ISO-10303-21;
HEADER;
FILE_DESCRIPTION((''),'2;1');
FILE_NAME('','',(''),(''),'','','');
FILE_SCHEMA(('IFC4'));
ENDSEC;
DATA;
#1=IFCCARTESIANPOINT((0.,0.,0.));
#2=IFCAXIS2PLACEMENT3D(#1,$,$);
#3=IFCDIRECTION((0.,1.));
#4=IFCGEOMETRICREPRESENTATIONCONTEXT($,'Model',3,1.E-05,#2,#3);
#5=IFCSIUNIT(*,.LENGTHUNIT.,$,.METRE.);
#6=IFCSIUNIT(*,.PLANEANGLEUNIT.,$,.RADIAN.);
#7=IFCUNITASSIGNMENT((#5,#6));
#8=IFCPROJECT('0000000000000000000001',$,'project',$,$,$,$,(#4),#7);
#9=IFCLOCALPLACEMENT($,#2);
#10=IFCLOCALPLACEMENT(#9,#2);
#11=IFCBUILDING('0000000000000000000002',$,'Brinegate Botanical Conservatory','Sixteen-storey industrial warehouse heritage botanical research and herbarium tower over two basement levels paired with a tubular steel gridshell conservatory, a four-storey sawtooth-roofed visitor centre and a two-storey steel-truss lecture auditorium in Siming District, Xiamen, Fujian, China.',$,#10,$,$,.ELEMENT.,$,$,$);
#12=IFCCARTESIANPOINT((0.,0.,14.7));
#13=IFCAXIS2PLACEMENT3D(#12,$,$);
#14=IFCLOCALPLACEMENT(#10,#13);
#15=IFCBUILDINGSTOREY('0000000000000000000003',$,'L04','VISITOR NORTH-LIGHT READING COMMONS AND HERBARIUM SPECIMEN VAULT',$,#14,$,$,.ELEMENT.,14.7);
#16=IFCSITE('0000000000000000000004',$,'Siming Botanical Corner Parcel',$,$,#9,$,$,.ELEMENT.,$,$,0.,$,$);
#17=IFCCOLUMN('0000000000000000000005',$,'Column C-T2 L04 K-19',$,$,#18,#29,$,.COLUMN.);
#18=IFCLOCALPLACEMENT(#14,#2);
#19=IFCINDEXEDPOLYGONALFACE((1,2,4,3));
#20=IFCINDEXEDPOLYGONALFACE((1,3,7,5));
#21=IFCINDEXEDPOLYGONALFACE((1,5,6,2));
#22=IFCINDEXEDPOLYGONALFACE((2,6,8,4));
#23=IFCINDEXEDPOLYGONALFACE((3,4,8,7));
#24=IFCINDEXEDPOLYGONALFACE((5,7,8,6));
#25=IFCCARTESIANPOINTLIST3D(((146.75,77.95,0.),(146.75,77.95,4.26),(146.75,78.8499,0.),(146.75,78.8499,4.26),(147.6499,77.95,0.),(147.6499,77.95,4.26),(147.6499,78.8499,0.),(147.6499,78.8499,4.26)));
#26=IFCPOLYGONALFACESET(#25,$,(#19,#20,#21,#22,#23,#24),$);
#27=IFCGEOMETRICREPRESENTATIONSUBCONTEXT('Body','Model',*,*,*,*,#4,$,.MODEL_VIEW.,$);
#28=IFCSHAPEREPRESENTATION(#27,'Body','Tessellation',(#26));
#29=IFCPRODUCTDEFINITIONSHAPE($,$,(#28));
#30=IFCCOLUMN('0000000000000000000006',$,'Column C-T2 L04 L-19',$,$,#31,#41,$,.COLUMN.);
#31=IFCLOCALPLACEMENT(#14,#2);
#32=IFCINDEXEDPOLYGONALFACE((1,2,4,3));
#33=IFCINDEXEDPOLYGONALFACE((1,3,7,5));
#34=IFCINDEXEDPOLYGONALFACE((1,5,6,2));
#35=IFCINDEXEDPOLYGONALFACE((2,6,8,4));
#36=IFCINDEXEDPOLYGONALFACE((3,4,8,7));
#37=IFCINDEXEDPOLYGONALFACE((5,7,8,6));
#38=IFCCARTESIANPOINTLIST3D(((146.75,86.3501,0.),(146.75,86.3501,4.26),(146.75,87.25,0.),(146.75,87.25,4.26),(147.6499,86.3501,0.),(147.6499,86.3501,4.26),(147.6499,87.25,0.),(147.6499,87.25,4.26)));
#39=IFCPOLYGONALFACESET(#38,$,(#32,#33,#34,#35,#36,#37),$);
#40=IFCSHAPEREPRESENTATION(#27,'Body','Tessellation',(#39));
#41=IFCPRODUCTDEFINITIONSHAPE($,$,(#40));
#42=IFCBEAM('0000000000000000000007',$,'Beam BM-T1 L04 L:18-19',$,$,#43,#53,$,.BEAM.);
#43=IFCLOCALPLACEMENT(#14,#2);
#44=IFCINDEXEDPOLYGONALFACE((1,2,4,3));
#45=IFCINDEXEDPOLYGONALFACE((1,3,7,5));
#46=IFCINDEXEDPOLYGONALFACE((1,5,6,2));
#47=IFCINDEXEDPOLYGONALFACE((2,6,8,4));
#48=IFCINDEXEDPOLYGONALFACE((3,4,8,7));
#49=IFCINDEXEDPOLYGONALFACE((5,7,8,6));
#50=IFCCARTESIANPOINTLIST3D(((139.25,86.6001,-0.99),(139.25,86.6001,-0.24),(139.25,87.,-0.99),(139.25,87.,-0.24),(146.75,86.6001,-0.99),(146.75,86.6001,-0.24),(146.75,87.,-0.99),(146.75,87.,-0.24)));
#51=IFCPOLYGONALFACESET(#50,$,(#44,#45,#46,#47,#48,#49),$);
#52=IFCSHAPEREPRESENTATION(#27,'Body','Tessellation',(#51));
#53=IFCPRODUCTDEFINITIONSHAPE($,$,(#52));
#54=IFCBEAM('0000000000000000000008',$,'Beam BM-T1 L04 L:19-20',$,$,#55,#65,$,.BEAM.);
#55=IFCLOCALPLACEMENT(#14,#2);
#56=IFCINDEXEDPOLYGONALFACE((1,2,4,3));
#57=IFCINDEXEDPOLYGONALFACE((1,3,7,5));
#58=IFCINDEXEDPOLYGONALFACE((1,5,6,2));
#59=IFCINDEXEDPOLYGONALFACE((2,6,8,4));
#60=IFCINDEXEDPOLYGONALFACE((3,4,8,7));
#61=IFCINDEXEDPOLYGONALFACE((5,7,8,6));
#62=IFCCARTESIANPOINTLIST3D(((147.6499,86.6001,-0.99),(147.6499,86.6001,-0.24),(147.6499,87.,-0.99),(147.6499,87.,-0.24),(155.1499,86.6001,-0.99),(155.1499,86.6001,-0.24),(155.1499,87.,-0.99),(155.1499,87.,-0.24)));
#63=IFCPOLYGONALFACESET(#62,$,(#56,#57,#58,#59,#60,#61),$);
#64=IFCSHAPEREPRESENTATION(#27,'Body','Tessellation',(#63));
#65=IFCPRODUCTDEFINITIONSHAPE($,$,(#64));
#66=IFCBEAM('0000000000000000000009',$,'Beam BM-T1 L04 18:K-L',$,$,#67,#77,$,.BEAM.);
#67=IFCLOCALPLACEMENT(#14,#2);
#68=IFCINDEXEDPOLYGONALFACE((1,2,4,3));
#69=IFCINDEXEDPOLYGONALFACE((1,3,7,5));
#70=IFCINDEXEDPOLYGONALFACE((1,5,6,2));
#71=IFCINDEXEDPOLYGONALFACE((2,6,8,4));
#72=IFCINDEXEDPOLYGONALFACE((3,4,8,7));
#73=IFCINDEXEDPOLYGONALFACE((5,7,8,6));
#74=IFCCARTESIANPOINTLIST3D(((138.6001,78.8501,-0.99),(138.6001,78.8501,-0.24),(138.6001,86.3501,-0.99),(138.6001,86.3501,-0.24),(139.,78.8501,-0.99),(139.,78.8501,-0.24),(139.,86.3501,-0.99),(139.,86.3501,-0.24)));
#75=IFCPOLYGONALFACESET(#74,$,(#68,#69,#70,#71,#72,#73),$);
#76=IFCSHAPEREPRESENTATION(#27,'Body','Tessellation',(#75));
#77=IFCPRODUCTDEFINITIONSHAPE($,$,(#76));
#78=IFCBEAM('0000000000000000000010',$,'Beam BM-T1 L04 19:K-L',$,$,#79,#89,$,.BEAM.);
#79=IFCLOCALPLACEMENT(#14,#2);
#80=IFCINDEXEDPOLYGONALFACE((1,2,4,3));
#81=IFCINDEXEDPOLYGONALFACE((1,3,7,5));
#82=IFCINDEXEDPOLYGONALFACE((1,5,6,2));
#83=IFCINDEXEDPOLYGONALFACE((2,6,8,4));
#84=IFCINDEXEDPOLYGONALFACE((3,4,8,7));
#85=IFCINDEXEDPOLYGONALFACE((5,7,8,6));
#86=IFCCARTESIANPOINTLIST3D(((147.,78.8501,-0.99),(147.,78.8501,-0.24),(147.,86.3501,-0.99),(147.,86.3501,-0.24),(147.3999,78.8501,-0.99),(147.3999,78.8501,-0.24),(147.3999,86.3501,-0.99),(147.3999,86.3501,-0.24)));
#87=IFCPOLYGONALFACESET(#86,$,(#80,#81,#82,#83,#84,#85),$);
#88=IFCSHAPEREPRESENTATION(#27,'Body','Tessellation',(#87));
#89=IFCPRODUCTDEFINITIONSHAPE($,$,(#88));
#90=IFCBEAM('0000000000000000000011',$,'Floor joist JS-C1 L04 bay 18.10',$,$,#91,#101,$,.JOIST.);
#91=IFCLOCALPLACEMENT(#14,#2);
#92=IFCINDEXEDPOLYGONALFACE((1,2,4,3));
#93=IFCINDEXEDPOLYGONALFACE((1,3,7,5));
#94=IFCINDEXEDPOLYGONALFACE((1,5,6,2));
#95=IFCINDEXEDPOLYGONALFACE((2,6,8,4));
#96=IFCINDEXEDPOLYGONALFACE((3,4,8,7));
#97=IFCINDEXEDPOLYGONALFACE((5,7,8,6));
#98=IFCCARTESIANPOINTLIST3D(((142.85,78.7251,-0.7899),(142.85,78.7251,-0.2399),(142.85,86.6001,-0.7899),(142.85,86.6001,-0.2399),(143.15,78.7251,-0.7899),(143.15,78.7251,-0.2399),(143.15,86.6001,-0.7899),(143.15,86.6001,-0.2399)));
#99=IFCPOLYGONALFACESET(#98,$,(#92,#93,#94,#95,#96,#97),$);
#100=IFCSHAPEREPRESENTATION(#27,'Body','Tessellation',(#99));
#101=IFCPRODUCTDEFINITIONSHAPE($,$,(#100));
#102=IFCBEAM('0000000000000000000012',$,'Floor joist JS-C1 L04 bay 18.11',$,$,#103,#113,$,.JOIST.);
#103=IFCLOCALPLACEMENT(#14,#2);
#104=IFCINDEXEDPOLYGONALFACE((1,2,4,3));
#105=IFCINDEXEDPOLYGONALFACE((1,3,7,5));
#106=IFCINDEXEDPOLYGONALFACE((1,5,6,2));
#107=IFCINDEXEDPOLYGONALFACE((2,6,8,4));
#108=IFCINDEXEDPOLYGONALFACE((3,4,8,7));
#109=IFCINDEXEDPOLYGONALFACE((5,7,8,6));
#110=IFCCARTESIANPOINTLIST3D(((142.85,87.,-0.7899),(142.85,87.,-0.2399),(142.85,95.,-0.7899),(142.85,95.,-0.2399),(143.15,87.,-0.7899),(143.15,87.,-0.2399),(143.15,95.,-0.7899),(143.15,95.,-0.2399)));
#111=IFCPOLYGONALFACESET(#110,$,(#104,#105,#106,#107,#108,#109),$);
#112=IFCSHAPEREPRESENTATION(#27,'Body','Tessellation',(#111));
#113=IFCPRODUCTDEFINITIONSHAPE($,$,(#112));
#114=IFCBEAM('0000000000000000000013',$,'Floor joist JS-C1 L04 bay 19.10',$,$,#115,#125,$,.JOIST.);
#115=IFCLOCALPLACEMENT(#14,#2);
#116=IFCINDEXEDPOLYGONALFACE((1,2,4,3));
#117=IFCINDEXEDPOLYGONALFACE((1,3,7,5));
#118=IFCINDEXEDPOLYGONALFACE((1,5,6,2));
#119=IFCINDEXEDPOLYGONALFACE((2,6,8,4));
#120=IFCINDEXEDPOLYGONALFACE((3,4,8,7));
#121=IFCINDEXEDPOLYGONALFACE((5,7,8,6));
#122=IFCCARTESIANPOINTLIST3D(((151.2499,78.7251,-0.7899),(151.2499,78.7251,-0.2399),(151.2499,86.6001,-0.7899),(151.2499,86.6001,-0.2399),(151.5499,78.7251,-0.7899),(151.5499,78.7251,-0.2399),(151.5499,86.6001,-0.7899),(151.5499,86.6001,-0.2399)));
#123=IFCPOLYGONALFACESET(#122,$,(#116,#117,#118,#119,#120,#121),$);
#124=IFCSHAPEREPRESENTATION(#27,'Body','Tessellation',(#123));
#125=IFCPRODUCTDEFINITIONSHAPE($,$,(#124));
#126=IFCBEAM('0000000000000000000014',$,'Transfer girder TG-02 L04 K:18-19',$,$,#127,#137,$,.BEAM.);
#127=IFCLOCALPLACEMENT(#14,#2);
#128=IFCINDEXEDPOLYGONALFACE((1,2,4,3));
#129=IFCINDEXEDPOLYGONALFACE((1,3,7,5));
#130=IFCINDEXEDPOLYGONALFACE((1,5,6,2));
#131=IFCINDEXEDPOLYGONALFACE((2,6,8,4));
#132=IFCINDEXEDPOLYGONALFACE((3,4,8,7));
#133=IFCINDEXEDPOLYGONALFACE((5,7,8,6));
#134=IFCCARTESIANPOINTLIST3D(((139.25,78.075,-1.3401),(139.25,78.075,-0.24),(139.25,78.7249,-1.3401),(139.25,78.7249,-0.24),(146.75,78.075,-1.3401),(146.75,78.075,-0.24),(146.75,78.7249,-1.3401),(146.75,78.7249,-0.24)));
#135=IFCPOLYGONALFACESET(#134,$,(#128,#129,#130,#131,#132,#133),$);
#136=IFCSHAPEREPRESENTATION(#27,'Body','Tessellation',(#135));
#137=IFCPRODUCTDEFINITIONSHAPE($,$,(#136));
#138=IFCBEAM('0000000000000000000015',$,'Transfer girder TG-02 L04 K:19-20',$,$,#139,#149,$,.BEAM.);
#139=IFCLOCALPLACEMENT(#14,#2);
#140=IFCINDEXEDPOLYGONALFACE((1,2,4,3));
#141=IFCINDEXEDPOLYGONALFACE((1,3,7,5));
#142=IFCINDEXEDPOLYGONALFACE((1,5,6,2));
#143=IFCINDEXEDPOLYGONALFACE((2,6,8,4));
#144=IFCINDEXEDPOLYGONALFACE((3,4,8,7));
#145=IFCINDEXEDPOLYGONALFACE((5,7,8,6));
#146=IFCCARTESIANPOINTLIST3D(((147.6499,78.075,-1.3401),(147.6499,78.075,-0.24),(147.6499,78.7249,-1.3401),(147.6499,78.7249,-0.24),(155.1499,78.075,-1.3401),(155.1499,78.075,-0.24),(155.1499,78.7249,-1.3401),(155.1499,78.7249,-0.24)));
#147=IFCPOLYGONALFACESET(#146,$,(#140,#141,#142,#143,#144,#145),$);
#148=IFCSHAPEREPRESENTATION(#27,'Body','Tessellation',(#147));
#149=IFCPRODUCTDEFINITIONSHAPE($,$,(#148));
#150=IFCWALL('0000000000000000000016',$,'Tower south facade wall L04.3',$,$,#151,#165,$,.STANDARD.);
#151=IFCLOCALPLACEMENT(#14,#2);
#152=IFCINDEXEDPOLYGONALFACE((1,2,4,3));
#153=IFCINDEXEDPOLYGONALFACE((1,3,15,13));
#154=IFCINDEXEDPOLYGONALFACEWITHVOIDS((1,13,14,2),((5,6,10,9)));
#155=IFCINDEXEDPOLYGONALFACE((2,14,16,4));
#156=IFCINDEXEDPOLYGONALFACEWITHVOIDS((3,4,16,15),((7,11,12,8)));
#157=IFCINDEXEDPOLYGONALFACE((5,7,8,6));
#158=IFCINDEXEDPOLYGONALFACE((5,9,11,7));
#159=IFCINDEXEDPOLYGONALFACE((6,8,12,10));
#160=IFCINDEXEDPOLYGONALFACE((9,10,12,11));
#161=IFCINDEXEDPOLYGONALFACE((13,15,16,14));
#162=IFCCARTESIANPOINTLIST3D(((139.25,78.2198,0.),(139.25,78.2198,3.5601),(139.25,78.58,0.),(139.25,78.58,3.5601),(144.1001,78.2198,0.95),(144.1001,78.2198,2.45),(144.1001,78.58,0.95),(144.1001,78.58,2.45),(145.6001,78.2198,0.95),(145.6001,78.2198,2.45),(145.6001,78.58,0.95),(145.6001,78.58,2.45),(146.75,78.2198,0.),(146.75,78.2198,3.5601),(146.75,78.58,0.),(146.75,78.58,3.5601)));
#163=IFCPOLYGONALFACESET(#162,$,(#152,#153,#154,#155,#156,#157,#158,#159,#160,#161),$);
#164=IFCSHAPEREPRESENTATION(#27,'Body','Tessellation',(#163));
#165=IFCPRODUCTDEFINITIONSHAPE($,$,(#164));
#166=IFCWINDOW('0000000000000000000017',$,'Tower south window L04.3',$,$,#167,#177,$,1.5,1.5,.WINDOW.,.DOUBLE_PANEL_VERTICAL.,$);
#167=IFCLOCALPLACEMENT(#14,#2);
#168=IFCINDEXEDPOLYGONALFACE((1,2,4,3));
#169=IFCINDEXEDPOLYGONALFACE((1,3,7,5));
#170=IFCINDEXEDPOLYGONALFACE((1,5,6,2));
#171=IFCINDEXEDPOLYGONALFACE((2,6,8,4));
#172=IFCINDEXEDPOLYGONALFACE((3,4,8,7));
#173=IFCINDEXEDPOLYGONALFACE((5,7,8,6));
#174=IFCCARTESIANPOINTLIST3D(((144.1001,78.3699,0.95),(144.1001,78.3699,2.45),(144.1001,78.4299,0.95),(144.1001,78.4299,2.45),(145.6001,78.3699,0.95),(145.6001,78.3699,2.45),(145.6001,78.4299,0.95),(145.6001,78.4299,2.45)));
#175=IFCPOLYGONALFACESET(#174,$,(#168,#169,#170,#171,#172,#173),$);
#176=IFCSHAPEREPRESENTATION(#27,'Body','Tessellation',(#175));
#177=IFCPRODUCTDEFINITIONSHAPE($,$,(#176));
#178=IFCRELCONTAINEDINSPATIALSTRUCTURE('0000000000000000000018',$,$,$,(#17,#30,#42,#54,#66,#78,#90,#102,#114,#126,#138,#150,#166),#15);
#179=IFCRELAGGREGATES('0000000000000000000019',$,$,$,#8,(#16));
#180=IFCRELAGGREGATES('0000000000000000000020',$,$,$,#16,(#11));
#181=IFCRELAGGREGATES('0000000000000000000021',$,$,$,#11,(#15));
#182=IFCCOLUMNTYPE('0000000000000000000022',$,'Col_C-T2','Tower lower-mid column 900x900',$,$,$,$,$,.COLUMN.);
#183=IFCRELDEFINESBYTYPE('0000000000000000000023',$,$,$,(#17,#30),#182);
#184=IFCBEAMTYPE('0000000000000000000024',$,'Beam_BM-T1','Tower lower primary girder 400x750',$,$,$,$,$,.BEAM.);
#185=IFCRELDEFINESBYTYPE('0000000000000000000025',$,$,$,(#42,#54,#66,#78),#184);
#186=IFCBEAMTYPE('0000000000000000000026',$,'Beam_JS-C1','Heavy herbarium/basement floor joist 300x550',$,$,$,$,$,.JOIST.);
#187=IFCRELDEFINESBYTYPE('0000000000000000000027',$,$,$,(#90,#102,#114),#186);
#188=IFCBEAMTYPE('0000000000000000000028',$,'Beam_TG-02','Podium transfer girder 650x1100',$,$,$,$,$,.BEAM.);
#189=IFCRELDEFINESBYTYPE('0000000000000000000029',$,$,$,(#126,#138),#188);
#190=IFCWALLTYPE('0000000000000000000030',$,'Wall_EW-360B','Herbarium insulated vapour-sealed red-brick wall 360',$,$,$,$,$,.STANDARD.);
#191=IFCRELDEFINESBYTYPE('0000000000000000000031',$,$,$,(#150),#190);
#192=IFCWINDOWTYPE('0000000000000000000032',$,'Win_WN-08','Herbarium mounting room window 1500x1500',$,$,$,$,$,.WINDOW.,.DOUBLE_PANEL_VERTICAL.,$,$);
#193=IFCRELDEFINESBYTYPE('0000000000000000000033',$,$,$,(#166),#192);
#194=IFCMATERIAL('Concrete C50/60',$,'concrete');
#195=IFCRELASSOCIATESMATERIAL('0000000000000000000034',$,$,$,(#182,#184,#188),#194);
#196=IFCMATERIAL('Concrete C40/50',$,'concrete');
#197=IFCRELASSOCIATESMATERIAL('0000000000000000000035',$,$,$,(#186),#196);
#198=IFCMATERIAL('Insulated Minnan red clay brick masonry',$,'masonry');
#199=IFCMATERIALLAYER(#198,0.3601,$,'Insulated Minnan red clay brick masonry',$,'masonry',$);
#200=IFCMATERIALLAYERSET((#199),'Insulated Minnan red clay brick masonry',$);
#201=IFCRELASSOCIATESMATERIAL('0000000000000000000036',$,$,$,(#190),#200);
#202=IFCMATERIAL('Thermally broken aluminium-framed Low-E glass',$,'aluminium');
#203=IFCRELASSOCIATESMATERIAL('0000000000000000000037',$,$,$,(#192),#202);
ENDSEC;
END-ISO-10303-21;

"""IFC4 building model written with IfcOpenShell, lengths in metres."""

from ifc_helpers import new_model, si_unit, direction, frame, frame_2d, origin, origin_2d, place, context, subcontext, project, spatial, rectangle, extrude, material, layer, layer_set, material_profile, profile_set, type_object, element, fill, save


model = new_model("IFC4")

# Units and contexts
model_context = context("Model", 3, precision=1e-05, world=origin(), true_north=direction((0.0, 1.0)))
body_context = subcontext(model_context, "Body", "Model", "MODEL_VIEW")
ifc_project = project(units=[si_unit("LENGTHUNIT", "METRE"), si_unit("PLANEANGLEUNIT", "RADIAN")], contexts=[model_context])

# Site, building, storey
site_placement = place(None, origin())
site = spatial("IfcSite", under=ifc_project, at=site_placement, Name="Siming Botanical Corner Parcel", CompositionType="ELEMENT", RefElevation=0.0)
building_placement = place(site_placement, origin())
building = spatial("IfcBuilding", under=site, at=building_placement, Name="Brinegate Botanical Conservatory", Description="Sixteen-storey industrial warehouse heritage botanical research and herbarium tower over two basement levels paired with a tubular steel gridshell conservatory, a four-storey sawtooth-roofed visitor centre and a two-storey steel-truss lecture auditorium in Siming District, Xiamen, Fujian, China.", CompositionType="ELEMENT")
storey_placement = place(building_placement, frame((0.0, 0.0, 14.7)))
storey = spatial("IfcBuildingStorey", under=building, at=storey_placement, Name="L04", Description="VISITOR NORTH-LIGHT READING COMMONS AND HERBARIUM SPECIMEN VAULT", CompositionType="ELEMENT", Elevation=14.7)

# Columns
ifc_material_1 = material(Name="Concrete C50/60", Category="concrete")
ifc_material_profile_1 = material_profile(ifc_material_1, rectangle(XDim=0.8999, YDim=0.8999, at=origin_2d()), Name="RC COL 900x900")
ifc_profile_set_1 = profile_set([ifc_material_profile_1], Name="Concrete C50/60")
column_type = type_object("IfcColumnType", Name="Col_C-T2", Description="Tower lower-mid column 900x900", PredefinedType="COLUMN", material=ifc_profile_set_1)
for number, where, z_axis, x_axis, name in (
    (1, (147.2, 78.3999, 0.0), (0.0, 0.0, 1.0), (1.0, 0.0, 0.0), "Column C-T2 L04 K-19"),
    (2, (147.2, 86.8, 0.0), (0.0, 0.0, 1.0), (1.0, 0.0, 0.0), "Column C-T2 L04 L-19"),
):
    element("IfcColumn", number, at=place(storey_placement, frame(where, z_axis=z_axis, x_axis=x_axis)), inside=storey, type_object=column_type, Name=name, PredefinedType="COLUMN", context=body_context, shape_type="SweptSolid", body=[
        extrude(rectangle(XDim=0.8999, YDim=0.8999, at=origin_2d()), origin(), (0.0, 0.0, 1.0), 4.26),
    ])

# Beams
ifc_material_profile_2 = material_profile(ifc_material_1, rectangle(XDim=0.3999, YDim=0.75, at=origin_2d()), Name="RC BM 400x750")
ifc_profile_set_2 = profile_set([ifc_material_profile_2], Name="Concrete C50/60")
beam_type_1 = type_object("IfcBeamType", Name="Beam_BM-T1", Description="Tower lower primary girder 400x750", PredefinedType="BEAM", material=ifc_profile_set_2)
for number, where, z_axis, x_axis, name in (
    (3, (139.25, 86.8, -0.615), (1.0, 0.0, 0.0), (0.0, 1.0, 0.0), "Beam BM-T1 L04 L:18-19"),
    (4, (147.6499, 86.8, -0.615), (1.0, 0.0, 0.0), (0.0, 1.0, 0.0), "Beam BM-T1 L04 L:19-20"),
    (5, (138.8, 78.8501, -0.615), (0.0, 1.0, 0.0), (-1.0, 0.0, 0.0), "Beam BM-T1 L04 18:K-L"),
    (6, (147.2, 78.8501, -0.615), (0.0, 1.0, 0.0), (-1.0, 0.0, 0.0), "Beam BM-T1 L04 19:K-L"),
):
    element("IfcBeam", number, at=place(storey_placement, frame(where, z_axis=z_axis, x_axis=x_axis)), inside=storey, type_object=beam_type_1, Name=name, PredefinedType="BEAM", context=body_context, shape_type="SweptSolid", body=[
        extrude(rectangle(XDim=0.3999, YDim=0.75, at=origin_2d()), origin(), (0.0, 0.0, 1.0), 7.5),
    ])
ifc_material_2 = material(Name="Concrete C40/50", Category="concrete")
ifc_material_profile_3 = material_profile(ifc_material_2, rectangle(XDim=0.3, YDim=0.55, at=origin_2d()), Name="RC JST 300x550")
ifc_profile_set_3 = profile_set([ifc_material_profile_3], Name="Concrete C40/50")
beam_type_2 = type_object("IfcBeamType", Name="Beam_JS-C1", Description="Heavy herbarium/basement floor joist 300x550", PredefinedType="JOIST", material=ifc_profile_set_3)
beam_1_placement = place(storey_placement, frame((143.0, 78.7251, -0.5149), z_axis=(0.0, 1.0, 0.0), x_axis=(-1.0, 0.0, 0.0)))
element("IfcBeam", 7, at=beam_1_placement, inside=storey, type_object=beam_type_2, Name="Floor joist JS-C1 L04 bay 18.10", PredefinedType="JOIST", context=body_context, shape_type="SweptSolid", body=[
    extrude(rectangle(XDim=0.3, YDim=0.55, at=origin_2d()), origin(), (0.0, 0.0, 1.0), 7.875),
])
beam_2_placement = place(storey_placement, frame((143.0, 87.0, -0.5149), z_axis=(0.0, 1.0, 0.0), x_axis=(-1.0, 0.0, 0.0)))
element("IfcBeam", 8, at=beam_2_placement, inside=storey, type_object=beam_type_2, Name="Floor joist JS-C1 L04 bay 18.11", PredefinedType="JOIST", context=body_context, shape_type="SweptSolid", body=[
    extrude(rectangle(XDim=0.3, YDim=0.55, at=origin_2d()), origin(), (0.0, 0.0, 1.0), 8.0),
])
beam_3_placement = place(storey_placement, frame((151.3999, 78.7251, -0.5149), z_axis=(0.0, 1.0, 0.0), x_axis=(-1.0, 0.0, 0.0)))
element("IfcBeam", 9, at=beam_3_placement, inside=storey, type_object=beam_type_2, Name="Floor joist JS-C1 L04 bay 19.10", PredefinedType="JOIST", context=body_context, shape_type="SweptSolid", body=[
    extrude(rectangle(XDim=0.3, YDim=0.55, at=origin_2d()), origin(), (0.0, 0.0, 1.0), 7.875),
])
ifc_material_profile_4 = material_profile(ifc_material_1, rectangle(XDim=0.6499, YDim=1.1001, at=origin_2d()), Name="RC TG 650x1100")
ifc_profile_set_4 = profile_set([ifc_material_profile_4], Name="Concrete C50/60")
beam_type_3 = type_object("IfcBeamType", Name="Beam_TG-02", Description="Podium transfer girder 650x1100", PredefinedType="BEAM", material=ifc_profile_set_4)
for number, where, z_axis, x_axis, name in (
    (10, (139.25, 78.3999, -0.79), (1.0, 0.0, 0.0), (0.0, 1.0, 0.0), "Transfer girder TG-02 L04 K:18-19"),
    (11, (147.6499, 78.3999, -0.79), (1.0, 0.0, 0.0), (0.0, 1.0, 0.0), "Transfer girder TG-02 L04 K:19-20"),
):
    element("IfcBeam", number, at=place(storey_placement, frame(where, z_axis=z_axis, x_axis=x_axis)), inside=storey, type_object=beam_type_3, Name=name, PredefinedType="BEAM", context=body_context, shape_type="SweptSolid", body=[
        extrude(rectangle(XDim=0.6499, YDim=1.1001, at=origin_2d()), origin(), (0.0, 0.0, 1.0), 7.5),
    ])

# Wall, opening, window
ifc_material_3 = material(Name="Insulated Minnan red clay brick masonry", Category="masonry")
ifc_layer_1 = layer(ifc_material_3, 0.3601, Name="Insulated Minnan red clay brick masonry", Category="masonry")
ifc_layer_set_1 = layer_set([ifc_layer_1], Name="Insulated Minnan red clay brick masonry")
wall_type_1 = type_object("IfcWallType", Name="Wall_EW-360B", Description="Herbarium insulated vapour-sealed red-brick wall 360", PredefinedType="STANDARD", material=ifc_layer_set_1)
wall_1_placement = place(storey_placement, frame((146.75, 78.3999, 0.0), z_axis=(0.0, 0.0, 1.0), x_axis=(-1.0, 0.0, 0.0)))
wall_1 = element("IfcWall", 12, at=wall_1_placement, inside=storey, type_object=wall_type_1, Name="Tower south facade wall L04.3", PredefinedType="STANDARD", context=body_context, shape_type="SweptSolid", body=[
    extrude(rectangle(XDim=7.5, YDim=0.3601, at=frame_2d((3.75, 0.0))), origin(), (0.0, 0.0, 1.0), 3.5601),
])
opening_1_placement = place(wall_1_placement, frame((1.1499, 0.0, 0.95)))
opening_1 = element("IfcOpeningElement", 13, at=opening_1_placement, cuts=wall_1, PredefinedType="OPENING", context=body_context, shape_type="SweptSolid", body=[
    extrude(rectangle(XDim=1.5, YDim=1.5, at=frame_2d((0.75, 0.75))), frame((0.0, 0.1899, 0.0), z_axis=(0.0, -1.0, 0.0), x_axis=(1.0, 0.0, 0.0)), (0.0, 0.0, 1.0), 0.3801),
])
ifc_material_4 = material(Name="Thermally broken aluminium-framed Low-E glass", Category="aluminium")
window_type = type_object("IfcWindowType", Name="Win_WN-08", Description="Herbarium mounting room window 1500x1500", PartitioningType="DOUBLE_PANEL_VERTICAL", PredefinedType="WINDOW", material=ifc_material_4)
window_1_placement = place(opening_1_placement, origin())
window_1 = element("IfcWindow", 14, at=window_1_placement, inside=storey, type_object=window_type, Name="Tower south window L04.3", OverallHeight=1.5, OverallWidth=1.5, PartitioningType="DOUBLE_PANEL_VERTICAL", PredefinedType="WINDOW", context=body_context, shape_type="SweptSolid", body=[
    extrude(rectangle(XDim=1.5, YDim=1.5, at=frame_2d((0.75, 0.75))), frame((0.0, 0.03, 0.0), z_axis=(0.0, -1.0, 0.0), x_axis=(1.0, 0.0, 0.0)), (0.0, 0.0, 1.0), 0.0601),
])
fill(opening_1, window_1)

save(model, "model.ifc")
